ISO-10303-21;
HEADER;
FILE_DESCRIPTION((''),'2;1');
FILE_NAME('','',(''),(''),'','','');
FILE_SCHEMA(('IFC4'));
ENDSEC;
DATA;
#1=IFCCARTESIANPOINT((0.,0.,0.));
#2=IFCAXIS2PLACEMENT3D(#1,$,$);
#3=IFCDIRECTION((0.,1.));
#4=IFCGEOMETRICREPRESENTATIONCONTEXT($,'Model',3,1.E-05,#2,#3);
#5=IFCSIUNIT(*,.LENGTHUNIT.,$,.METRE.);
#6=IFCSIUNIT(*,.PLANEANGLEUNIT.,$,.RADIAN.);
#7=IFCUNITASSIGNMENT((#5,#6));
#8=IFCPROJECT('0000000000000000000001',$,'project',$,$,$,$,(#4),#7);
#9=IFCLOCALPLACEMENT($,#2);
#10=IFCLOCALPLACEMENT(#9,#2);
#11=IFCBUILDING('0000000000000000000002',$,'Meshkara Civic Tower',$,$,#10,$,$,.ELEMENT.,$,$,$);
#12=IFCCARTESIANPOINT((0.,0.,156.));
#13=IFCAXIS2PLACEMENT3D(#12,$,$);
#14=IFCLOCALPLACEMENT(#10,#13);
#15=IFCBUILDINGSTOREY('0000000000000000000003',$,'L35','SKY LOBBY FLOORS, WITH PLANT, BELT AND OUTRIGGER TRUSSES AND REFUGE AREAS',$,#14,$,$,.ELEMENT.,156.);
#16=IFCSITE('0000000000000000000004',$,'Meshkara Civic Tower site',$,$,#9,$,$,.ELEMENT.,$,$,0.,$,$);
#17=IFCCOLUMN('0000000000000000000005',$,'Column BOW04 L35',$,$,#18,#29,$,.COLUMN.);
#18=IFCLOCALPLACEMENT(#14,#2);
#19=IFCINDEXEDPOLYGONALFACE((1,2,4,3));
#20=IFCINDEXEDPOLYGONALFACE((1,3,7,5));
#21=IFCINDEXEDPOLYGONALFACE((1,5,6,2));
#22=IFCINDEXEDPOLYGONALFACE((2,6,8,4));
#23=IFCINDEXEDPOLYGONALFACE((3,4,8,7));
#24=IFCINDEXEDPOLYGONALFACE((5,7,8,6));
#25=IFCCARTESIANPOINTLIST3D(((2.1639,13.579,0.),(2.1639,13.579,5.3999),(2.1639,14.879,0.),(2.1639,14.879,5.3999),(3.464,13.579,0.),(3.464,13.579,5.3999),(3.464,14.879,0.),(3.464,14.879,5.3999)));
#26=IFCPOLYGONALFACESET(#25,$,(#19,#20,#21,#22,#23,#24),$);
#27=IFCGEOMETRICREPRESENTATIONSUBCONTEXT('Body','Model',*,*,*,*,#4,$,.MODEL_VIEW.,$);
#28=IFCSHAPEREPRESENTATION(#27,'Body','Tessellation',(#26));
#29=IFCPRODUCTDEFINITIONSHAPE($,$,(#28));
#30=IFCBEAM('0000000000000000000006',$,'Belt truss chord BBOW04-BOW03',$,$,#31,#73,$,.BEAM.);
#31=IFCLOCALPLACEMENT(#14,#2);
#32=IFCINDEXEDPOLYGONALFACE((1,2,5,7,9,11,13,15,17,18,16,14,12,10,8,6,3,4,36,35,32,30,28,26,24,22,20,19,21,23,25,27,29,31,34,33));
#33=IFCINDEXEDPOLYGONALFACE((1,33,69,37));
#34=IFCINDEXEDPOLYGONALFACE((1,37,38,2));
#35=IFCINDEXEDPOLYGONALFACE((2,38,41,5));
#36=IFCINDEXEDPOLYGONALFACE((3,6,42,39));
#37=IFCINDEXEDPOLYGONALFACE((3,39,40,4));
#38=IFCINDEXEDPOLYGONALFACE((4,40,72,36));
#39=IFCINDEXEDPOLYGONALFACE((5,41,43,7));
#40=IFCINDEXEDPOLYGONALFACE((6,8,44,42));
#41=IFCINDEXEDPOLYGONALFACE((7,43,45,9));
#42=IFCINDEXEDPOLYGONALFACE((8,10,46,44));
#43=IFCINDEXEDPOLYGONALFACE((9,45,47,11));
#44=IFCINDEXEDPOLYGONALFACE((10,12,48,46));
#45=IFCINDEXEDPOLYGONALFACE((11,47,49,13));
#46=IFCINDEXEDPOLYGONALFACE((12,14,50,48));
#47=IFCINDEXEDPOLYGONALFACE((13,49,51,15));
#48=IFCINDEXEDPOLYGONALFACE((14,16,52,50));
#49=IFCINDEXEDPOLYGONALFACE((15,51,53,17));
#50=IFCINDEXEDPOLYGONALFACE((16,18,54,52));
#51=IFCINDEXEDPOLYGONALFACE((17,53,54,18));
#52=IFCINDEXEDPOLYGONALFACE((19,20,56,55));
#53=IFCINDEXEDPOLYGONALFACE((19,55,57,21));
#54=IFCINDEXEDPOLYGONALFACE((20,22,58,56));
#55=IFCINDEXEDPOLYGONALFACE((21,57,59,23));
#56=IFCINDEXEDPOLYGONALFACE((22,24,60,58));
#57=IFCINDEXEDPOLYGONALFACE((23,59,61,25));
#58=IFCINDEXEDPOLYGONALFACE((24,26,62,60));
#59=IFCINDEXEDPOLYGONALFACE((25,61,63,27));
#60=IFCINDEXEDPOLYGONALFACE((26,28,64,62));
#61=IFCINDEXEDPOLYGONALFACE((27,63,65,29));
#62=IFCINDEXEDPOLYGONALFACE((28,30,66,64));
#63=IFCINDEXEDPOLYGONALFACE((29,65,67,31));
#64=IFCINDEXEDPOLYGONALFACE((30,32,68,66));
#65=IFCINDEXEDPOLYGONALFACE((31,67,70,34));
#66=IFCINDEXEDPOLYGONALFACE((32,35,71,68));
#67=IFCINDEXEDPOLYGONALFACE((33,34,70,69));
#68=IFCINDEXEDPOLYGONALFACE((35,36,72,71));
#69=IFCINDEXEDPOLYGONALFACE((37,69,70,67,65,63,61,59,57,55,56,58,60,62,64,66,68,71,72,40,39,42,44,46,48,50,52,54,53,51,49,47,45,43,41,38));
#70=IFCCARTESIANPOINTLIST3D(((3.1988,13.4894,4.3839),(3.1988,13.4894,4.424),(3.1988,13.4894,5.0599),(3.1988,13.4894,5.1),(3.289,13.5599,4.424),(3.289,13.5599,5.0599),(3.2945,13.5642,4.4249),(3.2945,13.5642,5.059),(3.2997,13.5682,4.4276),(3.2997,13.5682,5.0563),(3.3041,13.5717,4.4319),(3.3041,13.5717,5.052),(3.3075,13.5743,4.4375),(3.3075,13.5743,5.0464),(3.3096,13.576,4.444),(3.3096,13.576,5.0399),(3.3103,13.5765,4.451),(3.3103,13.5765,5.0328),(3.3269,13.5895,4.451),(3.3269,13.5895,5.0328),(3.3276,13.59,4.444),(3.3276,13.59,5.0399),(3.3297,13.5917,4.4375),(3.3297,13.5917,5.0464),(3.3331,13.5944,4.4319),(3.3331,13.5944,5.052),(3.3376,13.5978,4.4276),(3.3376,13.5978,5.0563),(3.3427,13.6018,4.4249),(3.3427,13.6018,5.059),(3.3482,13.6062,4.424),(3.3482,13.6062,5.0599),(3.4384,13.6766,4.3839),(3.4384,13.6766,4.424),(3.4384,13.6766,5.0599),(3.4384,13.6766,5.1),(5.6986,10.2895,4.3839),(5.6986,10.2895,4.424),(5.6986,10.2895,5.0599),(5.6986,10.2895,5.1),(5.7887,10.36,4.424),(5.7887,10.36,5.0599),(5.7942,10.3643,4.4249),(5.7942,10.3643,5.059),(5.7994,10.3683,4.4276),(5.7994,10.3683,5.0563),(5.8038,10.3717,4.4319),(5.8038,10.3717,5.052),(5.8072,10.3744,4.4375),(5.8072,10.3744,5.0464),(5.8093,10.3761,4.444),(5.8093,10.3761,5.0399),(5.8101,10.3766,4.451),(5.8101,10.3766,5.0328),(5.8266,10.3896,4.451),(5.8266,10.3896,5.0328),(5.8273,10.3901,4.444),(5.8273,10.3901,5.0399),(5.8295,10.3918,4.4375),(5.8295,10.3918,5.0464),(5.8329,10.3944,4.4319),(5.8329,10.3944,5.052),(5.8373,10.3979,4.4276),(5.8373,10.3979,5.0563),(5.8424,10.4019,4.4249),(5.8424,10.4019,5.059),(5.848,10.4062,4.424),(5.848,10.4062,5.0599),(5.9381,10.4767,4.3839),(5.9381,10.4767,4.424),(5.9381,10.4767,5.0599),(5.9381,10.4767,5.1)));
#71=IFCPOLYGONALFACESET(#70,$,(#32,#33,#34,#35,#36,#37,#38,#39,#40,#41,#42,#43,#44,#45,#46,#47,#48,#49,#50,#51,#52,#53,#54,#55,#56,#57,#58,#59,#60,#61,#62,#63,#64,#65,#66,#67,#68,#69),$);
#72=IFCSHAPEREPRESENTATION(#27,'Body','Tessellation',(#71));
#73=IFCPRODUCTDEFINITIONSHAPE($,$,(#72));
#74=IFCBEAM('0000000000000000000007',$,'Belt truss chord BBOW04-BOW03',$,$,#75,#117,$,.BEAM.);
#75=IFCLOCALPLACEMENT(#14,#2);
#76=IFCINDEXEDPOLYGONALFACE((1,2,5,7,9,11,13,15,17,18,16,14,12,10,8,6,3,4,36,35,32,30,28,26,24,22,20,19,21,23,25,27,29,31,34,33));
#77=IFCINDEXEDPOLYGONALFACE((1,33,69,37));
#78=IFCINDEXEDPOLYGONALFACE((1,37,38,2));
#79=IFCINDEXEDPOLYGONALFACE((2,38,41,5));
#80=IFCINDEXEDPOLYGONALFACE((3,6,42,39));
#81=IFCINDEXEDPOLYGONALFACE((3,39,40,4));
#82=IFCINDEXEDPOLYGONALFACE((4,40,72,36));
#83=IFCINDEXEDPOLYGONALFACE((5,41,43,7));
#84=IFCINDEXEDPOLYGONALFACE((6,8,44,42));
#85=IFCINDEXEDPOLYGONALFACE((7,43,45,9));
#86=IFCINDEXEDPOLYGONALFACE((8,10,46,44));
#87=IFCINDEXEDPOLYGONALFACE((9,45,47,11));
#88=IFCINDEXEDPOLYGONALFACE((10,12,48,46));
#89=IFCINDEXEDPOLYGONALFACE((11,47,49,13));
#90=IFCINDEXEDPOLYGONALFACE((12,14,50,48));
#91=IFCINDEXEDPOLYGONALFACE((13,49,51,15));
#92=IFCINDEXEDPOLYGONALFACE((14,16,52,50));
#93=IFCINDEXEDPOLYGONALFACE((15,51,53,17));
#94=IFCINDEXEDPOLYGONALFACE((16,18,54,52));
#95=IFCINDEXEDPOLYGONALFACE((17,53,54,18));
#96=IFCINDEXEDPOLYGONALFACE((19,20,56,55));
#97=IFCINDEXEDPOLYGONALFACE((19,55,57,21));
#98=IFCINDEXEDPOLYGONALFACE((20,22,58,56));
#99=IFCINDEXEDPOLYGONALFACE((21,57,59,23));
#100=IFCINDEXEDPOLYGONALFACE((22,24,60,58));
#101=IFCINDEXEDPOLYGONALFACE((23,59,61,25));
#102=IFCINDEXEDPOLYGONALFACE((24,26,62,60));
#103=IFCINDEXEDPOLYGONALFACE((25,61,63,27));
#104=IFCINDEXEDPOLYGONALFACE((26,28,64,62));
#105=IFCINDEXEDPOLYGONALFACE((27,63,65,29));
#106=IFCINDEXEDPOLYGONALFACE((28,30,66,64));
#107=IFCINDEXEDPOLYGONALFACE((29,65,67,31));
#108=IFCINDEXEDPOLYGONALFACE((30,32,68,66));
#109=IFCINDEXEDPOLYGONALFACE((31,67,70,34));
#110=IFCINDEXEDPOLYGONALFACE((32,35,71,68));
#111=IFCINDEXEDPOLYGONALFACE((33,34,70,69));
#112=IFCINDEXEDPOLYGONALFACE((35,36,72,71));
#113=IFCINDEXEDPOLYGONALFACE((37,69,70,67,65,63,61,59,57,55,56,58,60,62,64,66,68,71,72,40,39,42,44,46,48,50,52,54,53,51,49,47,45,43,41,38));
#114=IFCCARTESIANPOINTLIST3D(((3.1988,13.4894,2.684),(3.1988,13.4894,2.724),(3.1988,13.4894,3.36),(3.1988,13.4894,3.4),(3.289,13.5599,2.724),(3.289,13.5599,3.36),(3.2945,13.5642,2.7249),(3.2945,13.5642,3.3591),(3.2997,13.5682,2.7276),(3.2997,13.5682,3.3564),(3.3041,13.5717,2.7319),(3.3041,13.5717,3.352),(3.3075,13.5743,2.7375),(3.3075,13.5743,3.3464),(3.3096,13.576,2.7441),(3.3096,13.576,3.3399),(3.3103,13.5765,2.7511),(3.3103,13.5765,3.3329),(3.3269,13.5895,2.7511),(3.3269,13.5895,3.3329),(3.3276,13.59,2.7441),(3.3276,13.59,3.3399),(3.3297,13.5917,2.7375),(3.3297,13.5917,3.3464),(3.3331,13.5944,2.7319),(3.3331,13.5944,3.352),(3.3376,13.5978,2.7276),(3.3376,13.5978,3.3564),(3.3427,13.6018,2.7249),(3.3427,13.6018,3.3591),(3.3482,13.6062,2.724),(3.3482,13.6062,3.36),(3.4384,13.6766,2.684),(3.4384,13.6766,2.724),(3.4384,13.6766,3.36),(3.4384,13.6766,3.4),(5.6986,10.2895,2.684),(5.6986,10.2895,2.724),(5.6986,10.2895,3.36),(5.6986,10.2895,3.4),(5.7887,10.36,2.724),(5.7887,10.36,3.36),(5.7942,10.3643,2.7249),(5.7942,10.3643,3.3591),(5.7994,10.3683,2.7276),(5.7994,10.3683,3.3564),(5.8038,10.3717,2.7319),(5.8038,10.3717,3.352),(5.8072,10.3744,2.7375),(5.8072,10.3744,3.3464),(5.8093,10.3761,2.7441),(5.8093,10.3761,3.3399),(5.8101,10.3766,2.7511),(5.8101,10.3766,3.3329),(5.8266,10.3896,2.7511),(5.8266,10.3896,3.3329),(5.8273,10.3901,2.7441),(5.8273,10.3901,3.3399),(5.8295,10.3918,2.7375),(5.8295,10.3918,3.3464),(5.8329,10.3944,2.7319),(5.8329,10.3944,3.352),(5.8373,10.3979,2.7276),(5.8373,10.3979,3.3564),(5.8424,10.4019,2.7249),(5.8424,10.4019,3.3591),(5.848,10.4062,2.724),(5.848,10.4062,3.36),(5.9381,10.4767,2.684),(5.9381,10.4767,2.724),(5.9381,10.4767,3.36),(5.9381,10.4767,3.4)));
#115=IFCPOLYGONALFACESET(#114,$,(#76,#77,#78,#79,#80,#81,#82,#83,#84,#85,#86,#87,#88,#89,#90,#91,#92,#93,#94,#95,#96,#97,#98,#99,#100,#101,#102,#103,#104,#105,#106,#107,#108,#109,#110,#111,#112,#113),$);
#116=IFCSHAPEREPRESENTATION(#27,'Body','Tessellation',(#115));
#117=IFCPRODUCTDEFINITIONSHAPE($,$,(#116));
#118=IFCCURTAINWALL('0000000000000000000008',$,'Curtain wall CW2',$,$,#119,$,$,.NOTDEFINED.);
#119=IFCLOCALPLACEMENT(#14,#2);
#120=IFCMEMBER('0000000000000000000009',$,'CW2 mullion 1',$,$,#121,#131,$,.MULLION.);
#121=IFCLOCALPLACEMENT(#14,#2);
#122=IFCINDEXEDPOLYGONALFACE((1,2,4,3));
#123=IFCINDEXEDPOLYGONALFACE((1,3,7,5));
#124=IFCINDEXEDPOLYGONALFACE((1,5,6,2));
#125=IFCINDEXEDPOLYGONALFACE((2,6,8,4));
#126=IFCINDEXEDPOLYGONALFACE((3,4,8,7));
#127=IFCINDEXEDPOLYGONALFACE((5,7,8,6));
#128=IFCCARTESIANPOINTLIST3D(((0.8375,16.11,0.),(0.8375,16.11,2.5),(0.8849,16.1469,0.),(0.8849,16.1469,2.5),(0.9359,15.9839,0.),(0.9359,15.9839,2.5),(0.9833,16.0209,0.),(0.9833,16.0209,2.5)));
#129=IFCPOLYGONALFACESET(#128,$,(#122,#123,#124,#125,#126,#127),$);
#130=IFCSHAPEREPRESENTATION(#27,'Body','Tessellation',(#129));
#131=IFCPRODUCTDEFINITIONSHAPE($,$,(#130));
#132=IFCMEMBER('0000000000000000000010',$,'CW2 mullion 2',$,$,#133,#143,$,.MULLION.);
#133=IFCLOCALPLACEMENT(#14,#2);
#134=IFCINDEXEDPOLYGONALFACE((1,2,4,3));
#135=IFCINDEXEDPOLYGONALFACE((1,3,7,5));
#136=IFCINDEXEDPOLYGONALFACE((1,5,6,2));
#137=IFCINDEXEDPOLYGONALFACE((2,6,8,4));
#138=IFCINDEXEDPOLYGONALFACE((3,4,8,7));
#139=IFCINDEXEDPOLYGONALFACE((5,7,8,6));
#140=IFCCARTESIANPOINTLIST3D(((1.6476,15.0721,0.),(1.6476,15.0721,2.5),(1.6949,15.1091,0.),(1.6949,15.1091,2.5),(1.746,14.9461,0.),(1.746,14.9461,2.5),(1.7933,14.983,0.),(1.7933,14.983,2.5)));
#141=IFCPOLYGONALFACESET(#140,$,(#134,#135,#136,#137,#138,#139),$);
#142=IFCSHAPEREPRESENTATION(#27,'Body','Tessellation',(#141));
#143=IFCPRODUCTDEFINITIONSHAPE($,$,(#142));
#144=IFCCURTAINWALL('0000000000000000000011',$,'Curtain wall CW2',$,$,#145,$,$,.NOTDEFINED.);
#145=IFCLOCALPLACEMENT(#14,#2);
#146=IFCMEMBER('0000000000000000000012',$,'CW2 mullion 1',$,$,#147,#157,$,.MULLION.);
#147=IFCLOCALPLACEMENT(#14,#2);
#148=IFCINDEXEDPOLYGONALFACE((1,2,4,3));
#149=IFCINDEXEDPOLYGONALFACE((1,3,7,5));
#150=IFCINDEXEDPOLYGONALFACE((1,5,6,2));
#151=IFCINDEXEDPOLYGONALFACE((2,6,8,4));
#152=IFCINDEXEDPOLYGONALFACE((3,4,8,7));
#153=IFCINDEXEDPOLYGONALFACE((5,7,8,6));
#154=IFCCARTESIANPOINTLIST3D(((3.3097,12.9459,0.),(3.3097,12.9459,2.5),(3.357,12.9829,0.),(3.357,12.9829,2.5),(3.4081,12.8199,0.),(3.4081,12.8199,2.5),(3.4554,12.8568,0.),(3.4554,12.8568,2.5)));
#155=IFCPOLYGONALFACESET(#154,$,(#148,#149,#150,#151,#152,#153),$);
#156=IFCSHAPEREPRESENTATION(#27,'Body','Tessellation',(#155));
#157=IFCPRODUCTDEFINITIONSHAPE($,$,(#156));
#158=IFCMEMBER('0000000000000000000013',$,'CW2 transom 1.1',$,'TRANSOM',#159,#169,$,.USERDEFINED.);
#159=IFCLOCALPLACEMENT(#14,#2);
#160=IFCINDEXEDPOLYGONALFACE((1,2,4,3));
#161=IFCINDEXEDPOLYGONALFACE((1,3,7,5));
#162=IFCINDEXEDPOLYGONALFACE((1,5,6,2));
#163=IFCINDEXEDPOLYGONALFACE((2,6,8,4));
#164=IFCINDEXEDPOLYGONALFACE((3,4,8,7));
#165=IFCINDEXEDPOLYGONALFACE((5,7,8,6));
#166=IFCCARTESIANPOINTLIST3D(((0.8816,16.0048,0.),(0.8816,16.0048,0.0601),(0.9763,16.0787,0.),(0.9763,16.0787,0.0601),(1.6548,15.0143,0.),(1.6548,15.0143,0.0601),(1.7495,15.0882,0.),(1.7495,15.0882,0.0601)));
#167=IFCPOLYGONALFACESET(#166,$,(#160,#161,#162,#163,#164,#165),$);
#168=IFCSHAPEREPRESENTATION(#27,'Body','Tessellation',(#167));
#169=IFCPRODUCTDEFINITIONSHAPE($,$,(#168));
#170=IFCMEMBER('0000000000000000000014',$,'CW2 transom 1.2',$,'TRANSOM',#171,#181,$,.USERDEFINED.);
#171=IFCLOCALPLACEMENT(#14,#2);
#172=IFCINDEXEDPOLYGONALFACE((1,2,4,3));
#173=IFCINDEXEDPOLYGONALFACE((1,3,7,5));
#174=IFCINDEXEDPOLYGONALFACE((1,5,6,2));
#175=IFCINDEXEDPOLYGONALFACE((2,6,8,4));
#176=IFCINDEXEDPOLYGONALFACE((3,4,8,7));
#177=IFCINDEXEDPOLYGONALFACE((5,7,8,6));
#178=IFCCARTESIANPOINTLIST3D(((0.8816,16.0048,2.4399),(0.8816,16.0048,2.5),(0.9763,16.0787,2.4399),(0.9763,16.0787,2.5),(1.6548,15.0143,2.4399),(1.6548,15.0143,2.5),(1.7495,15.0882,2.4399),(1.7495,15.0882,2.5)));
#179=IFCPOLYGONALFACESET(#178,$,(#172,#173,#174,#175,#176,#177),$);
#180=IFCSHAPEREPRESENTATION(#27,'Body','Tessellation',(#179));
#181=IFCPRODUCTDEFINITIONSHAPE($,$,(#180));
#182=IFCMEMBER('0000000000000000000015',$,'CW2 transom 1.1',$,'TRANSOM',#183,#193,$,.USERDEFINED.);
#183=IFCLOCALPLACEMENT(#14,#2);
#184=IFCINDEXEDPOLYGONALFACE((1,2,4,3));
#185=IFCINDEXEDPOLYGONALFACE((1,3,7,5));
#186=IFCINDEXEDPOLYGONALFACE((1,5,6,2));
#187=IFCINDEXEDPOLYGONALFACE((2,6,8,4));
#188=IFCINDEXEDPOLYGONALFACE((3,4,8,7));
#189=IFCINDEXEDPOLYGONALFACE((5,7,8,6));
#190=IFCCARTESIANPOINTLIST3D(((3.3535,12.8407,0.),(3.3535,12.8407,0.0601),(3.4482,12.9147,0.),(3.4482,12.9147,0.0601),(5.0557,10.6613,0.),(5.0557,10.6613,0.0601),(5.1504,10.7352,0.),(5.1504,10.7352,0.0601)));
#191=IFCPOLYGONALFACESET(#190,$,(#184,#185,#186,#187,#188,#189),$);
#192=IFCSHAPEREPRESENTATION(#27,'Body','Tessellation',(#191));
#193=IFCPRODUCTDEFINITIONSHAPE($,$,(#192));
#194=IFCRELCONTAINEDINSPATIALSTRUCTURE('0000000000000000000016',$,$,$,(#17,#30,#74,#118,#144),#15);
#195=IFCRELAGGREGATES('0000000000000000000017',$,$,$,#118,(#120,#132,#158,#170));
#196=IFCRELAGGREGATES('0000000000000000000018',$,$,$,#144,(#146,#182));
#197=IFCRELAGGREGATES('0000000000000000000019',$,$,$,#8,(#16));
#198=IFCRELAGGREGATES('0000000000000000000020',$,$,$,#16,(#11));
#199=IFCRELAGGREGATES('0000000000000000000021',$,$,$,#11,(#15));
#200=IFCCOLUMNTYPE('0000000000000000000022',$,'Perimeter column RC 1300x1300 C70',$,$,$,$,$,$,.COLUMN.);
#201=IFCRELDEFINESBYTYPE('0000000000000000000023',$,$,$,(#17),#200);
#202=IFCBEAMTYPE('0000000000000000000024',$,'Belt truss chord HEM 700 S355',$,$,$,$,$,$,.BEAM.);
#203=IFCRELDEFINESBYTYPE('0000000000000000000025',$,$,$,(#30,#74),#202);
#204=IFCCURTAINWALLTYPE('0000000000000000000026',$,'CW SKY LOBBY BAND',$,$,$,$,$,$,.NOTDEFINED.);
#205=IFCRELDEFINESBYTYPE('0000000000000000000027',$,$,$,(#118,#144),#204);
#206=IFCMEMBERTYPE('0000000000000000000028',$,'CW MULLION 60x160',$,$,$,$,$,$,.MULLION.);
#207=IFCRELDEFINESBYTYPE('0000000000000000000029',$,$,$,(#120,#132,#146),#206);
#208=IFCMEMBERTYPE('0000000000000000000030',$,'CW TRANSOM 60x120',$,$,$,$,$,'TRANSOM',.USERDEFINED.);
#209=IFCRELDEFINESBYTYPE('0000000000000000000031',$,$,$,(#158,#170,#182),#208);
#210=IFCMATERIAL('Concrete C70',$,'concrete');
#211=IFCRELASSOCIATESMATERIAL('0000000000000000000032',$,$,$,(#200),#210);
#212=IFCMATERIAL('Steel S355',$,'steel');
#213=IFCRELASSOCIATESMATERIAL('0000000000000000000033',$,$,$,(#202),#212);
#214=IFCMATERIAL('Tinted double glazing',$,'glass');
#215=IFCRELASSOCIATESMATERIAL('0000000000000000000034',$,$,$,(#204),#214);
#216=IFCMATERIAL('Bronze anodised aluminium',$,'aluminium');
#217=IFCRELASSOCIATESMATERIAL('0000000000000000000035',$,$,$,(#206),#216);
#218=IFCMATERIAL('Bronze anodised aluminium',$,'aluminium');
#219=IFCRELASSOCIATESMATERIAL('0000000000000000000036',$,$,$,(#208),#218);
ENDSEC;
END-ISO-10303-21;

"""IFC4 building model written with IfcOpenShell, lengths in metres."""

from ifc_helpers import new_model, si_unit, direction, frame, origin, origin_2d, place, context, subcontext, project, spatial, rectangle, i_section, extrude, material, material_profile, profile_set, type_object, element, aggregate, save


model = new_model("IFC4")

# Units and contexts
model_context = context("Model", 3, precision=1e-05, world=origin(), true_north=direction((0.0, 1.0)))
body_context = subcontext(model_context, "Body", "Model", "MODEL_VIEW")
ifc_project = project(units=[si_unit("LENGTHUNIT", "METRE"), si_unit("PLANEANGLEUNIT", "RADIAN")], contexts=[model_context])

# Site, building, storey
site_placement = place(None, origin())
site = spatial("IfcSite", under=ifc_project, at=site_placement, Name="Meshkara Civic Tower site", CompositionType="ELEMENT", RefElevation=0.0)
building_placement = place(site_placement, origin())
building = spatial("IfcBuilding", under=site, at=building_placement, Name="Meshkara Civic Tower", CompositionType="ELEMENT")
storey_placement = place(building_placement, frame((0.0, 0.0, 156.0)))
storey = spatial("IfcBuildingStorey", under=building, at=storey_placement, Name="L35", Description="SKY LOBBY FLOORS, WITH PLANT, BELT AND OUTRIGGER TRUSSES AND REFUGE AREAS", CompositionType="ELEMENT", Elevation=156.0)

# Column
ifc_material_1 = material(Name="Concrete C70", Category="concrete")
ifc_material_profile_1 = material_profile(ifc_material_1, rectangle(XDim=1.3, YDim=1.3, at=origin_2d()))
ifc_profile_set_1 = profile_set([ifc_material_profile_1], Name="Concrete C70")
column_type = type_object("IfcColumnType", Name="Perimeter column RC 1300x1300 C70", PredefinedType="COLUMN", material=ifc_profile_set_1)
column_placement = place(storey_placement, frame((2.814, 14.229, 0.0), z_axis=(0.0, 0.0, 1.0), x_axis=(1.0, 0.0, 0.0)))
element("IfcColumn", 1, at=column_placement, inside=storey, type_object=column_type, Name="Column BOW04 L35", PredefinedType="COLUMN", context=body_context, shape_type="SweptSolid", body=[
    extrude(rectangle(XDim=1.3, YDim=1.3, at=origin_2d()), origin(), (0.0, 0.0, 1.0), 5.3999),
])

# Beams
ifc_material_2 = material(Name="Steel S355", Category="steel")
ifc_material_profile_2 = material_profile(ifc_material_2, i_section(OverallWidth=0.304, OverallDepth=0.7161, WebThickness=0.021, FlangeThickness=0.04, FilletRadius=0.0271, at=origin_2d()))
ifc_profile_set_2 = profile_set([ifc_material_profile_2], Name="Steel S355")
beam_type = type_object("IfcBeamType", Name="Belt truss chord HEM 700 S355", PredefinedType="BEAM", material=ifc_profile_set_2)
for number, where, z_axis, x_axis, name in (
    (2, (3.3186, 13.583, 4.7419), (0.615613, -0.788049, 0.0), (0.788049, 0.615613, 0.0), "Belt truss chord BBOW04-BOW03"),
    (3, (3.3186, 13.583, 3.042), (0.615613, -0.788049, 0.0), (0.788049, 0.615613, 0.0), "Belt truss chord BBOW04-BOW03"),
):
    element("IfcBeam", number, at=place(storey_placement, frame(where, z_axis=z_axis, x_axis=x_axis)), inside=storey, type_object=beam_type, Name=name, PredefinedType="BEAM", context=body_context, shape_type="SweptSolid", body=[
        extrude(i_section(OverallWidth=0.304, OverallDepth=0.7161, WebThickness=0.021, FlangeThickness=0.04, FilletRadius=0.0271, at=origin_2d()), origin(), (0.0, 0.0, 1.0), 4.0605),
    ])

# Curtain wall, members
ifc_material_3 = material(Name="Tinted double glazing", Category="glass")
curtain_wall_type = type_object("IfcCurtainWallType", Name="CW SKY LOBBY BAND", PredefinedType="NOTDEFINED", material=ifc_material_3)
curtain_wall_1_placement = place(storey_placement, origin())
curtain_wall_1 = element("IfcCurtainWall", 4, at=curtain_wall_1_placement, inside=storey, type_object=curtain_wall_type, Name="Curtain wall CW2", PredefinedType="NOTDEFINED")
ifc_material_4 = material(Name="Bronze anodised aluminium", Category="aluminium")
ifc_material_profile_3 = material_profile(ifc_material_4, rectangle(XDim=0.0601, YDim=0.1599, at=origin_2d()))
ifc_profile_set_3 = profile_set([ifc_material_profile_3], Name="Bronze anodised aluminium")
member_type_1 = type_object("IfcMemberType", Name="CW MULLION 60x160", PredefinedType="MULLION", material=ifc_profile_set_3)
member_1_placement = place(storey_placement, frame((0.9104, 16.0654, 0.0), z_axis=(0.0, 0.0, 1.0), x_axis=(0.788256, 0.615348, 0.0)))
member_1 = element("IfcMember", 5, at=member_1_placement, type_object=member_type_1, Name="CW2 mullion 1", PredefinedType="MULLION", context=body_context, shape_type="SweptSolid", body=[
    extrude(rectangle(XDim=0.0601, YDim=0.1599, at=origin_2d()), origin(), (0.0, 0.0, 1.0), 2.5),
])
member_2_placement = place(storey_placement, frame((1.7205, 15.0276, 0.0), z_axis=(0.0, 0.0, 1.0), x_axis=(0.788256, 0.615348, 0.0)))
member_2 = element("IfcMember", 6, at=member_2_placement, type_object=member_type_1, Name="CW2 mullion 2", PredefinedType="MULLION", context=body_context, shape_type="SweptSolid", body=[
    extrude(rectangle(XDim=0.0601, YDim=0.1599, at=origin_2d()), origin(), (0.0, 0.0, 1.0), 2.5),
])

# Curtain wall, member
curtain_wall_2_placement = place(storey_placement, origin())
curtain_wall_2 = element("IfcCurtainWall", 7, at=curtain_wall_2_placement, inside=storey, type_object=curtain_wall_type, Name="Curtain wall CW2", PredefinedType="NOTDEFINED")
member_3_placement = place(storey_placement, frame((3.3826, 12.9014, 0.0), z_axis=(0.0, 0.0, 1.0), x_axis=(0.788119, 0.615523, 0.0)))
member_3 = element("IfcMember", 8, at=member_3_placement, type_object=member_type_1, Name="CW2 mullion 1", PredefinedType="MULLION", context=body_context, shape_type="SweptSolid", body=[
    extrude(rectangle(XDim=0.0601, YDim=0.1599, at=origin_2d()), origin(), (0.0, 0.0, 1.0), 2.5),
])

# Members
ifc_material_5 = material(Name="Bronze anodised aluminium", Category="aluminium")
ifc_material_profile_4 = material_profile(ifc_material_5, rectangle(XDim=0.1201, YDim=0.0601, at=origin_2d()))
ifc_profile_set_4 = profile_set([ifc_material_profile_4], Name="Bronze anodised aluminium")
member_type_2 = type_object("IfcMemberType", Name="CW TRANSOM 60x120", ElementType="TRANSOM", PredefinedType="USERDEFINED", material=ifc_profile_set_4)
member_4_placement = place(storey_placement, frame((0.929, 16.0417, 0.03), z_axis=(0.615339, -0.788263, 0.0), x_axis=(0.788263, 0.615339, 0.0)))
member_4 = element("IfcMember", 9, at=member_4_placement, type_object=member_type_2, Name="CW2 transom 1.1", ObjectType="TRANSOM", PredefinedType="USERDEFINED", context=body_context, shape_type="SweptSolid", body=[
    extrude(rectangle(XDim=0.1201, YDim=0.0601, at=origin_2d()), origin(), (0.0, 0.0, 1.0), 1.2566),
])
member_5_placement = place(storey_placement, frame((0.929, 16.0417, 2.47), z_axis=(0.615339, -0.788263, 0.0), x_axis=(0.788263, 0.615339, 0.0)))
member_5 = element("IfcMember", 10, at=member_5_placement, type_object=member_type_2, Name="CW2 transom 1.2", ObjectType="TRANSOM", PredefinedType="USERDEFINED", context=body_context, shape_type="SweptSolid", body=[
    extrude(rectangle(XDim=0.1201, YDim=0.0601, at=origin_2d()), origin(), (0.0, 0.0, 1.0), 1.2566),
])
member_6_placement = place(storey_placement, frame((3.4009, 12.8777, 0.03), z_axis=(0.615522, -0.788119, 0.0), x_axis=(0.788119, 0.615522, 0.0)))
member_6 = element("IfcMember", 11, at=member_6_placement, type_object=member_type_2, Name="CW2 transom 1.1", ObjectType="TRANSOM", PredefinedType="USERDEFINED", context=body_context, shape_type="SweptSolid", body=[
    extrude(rectangle(XDim=0.1201, YDim=0.0601, at=origin_2d()), origin(), (0.0, 0.0, 1.0), 2.7654),
])

aggregate(curtain_wall_1, [member_1, member_2, member_4, member_5])
aggregate(curtain_wall_2, [member_3, member_6])

save(model, "model.ifc")
